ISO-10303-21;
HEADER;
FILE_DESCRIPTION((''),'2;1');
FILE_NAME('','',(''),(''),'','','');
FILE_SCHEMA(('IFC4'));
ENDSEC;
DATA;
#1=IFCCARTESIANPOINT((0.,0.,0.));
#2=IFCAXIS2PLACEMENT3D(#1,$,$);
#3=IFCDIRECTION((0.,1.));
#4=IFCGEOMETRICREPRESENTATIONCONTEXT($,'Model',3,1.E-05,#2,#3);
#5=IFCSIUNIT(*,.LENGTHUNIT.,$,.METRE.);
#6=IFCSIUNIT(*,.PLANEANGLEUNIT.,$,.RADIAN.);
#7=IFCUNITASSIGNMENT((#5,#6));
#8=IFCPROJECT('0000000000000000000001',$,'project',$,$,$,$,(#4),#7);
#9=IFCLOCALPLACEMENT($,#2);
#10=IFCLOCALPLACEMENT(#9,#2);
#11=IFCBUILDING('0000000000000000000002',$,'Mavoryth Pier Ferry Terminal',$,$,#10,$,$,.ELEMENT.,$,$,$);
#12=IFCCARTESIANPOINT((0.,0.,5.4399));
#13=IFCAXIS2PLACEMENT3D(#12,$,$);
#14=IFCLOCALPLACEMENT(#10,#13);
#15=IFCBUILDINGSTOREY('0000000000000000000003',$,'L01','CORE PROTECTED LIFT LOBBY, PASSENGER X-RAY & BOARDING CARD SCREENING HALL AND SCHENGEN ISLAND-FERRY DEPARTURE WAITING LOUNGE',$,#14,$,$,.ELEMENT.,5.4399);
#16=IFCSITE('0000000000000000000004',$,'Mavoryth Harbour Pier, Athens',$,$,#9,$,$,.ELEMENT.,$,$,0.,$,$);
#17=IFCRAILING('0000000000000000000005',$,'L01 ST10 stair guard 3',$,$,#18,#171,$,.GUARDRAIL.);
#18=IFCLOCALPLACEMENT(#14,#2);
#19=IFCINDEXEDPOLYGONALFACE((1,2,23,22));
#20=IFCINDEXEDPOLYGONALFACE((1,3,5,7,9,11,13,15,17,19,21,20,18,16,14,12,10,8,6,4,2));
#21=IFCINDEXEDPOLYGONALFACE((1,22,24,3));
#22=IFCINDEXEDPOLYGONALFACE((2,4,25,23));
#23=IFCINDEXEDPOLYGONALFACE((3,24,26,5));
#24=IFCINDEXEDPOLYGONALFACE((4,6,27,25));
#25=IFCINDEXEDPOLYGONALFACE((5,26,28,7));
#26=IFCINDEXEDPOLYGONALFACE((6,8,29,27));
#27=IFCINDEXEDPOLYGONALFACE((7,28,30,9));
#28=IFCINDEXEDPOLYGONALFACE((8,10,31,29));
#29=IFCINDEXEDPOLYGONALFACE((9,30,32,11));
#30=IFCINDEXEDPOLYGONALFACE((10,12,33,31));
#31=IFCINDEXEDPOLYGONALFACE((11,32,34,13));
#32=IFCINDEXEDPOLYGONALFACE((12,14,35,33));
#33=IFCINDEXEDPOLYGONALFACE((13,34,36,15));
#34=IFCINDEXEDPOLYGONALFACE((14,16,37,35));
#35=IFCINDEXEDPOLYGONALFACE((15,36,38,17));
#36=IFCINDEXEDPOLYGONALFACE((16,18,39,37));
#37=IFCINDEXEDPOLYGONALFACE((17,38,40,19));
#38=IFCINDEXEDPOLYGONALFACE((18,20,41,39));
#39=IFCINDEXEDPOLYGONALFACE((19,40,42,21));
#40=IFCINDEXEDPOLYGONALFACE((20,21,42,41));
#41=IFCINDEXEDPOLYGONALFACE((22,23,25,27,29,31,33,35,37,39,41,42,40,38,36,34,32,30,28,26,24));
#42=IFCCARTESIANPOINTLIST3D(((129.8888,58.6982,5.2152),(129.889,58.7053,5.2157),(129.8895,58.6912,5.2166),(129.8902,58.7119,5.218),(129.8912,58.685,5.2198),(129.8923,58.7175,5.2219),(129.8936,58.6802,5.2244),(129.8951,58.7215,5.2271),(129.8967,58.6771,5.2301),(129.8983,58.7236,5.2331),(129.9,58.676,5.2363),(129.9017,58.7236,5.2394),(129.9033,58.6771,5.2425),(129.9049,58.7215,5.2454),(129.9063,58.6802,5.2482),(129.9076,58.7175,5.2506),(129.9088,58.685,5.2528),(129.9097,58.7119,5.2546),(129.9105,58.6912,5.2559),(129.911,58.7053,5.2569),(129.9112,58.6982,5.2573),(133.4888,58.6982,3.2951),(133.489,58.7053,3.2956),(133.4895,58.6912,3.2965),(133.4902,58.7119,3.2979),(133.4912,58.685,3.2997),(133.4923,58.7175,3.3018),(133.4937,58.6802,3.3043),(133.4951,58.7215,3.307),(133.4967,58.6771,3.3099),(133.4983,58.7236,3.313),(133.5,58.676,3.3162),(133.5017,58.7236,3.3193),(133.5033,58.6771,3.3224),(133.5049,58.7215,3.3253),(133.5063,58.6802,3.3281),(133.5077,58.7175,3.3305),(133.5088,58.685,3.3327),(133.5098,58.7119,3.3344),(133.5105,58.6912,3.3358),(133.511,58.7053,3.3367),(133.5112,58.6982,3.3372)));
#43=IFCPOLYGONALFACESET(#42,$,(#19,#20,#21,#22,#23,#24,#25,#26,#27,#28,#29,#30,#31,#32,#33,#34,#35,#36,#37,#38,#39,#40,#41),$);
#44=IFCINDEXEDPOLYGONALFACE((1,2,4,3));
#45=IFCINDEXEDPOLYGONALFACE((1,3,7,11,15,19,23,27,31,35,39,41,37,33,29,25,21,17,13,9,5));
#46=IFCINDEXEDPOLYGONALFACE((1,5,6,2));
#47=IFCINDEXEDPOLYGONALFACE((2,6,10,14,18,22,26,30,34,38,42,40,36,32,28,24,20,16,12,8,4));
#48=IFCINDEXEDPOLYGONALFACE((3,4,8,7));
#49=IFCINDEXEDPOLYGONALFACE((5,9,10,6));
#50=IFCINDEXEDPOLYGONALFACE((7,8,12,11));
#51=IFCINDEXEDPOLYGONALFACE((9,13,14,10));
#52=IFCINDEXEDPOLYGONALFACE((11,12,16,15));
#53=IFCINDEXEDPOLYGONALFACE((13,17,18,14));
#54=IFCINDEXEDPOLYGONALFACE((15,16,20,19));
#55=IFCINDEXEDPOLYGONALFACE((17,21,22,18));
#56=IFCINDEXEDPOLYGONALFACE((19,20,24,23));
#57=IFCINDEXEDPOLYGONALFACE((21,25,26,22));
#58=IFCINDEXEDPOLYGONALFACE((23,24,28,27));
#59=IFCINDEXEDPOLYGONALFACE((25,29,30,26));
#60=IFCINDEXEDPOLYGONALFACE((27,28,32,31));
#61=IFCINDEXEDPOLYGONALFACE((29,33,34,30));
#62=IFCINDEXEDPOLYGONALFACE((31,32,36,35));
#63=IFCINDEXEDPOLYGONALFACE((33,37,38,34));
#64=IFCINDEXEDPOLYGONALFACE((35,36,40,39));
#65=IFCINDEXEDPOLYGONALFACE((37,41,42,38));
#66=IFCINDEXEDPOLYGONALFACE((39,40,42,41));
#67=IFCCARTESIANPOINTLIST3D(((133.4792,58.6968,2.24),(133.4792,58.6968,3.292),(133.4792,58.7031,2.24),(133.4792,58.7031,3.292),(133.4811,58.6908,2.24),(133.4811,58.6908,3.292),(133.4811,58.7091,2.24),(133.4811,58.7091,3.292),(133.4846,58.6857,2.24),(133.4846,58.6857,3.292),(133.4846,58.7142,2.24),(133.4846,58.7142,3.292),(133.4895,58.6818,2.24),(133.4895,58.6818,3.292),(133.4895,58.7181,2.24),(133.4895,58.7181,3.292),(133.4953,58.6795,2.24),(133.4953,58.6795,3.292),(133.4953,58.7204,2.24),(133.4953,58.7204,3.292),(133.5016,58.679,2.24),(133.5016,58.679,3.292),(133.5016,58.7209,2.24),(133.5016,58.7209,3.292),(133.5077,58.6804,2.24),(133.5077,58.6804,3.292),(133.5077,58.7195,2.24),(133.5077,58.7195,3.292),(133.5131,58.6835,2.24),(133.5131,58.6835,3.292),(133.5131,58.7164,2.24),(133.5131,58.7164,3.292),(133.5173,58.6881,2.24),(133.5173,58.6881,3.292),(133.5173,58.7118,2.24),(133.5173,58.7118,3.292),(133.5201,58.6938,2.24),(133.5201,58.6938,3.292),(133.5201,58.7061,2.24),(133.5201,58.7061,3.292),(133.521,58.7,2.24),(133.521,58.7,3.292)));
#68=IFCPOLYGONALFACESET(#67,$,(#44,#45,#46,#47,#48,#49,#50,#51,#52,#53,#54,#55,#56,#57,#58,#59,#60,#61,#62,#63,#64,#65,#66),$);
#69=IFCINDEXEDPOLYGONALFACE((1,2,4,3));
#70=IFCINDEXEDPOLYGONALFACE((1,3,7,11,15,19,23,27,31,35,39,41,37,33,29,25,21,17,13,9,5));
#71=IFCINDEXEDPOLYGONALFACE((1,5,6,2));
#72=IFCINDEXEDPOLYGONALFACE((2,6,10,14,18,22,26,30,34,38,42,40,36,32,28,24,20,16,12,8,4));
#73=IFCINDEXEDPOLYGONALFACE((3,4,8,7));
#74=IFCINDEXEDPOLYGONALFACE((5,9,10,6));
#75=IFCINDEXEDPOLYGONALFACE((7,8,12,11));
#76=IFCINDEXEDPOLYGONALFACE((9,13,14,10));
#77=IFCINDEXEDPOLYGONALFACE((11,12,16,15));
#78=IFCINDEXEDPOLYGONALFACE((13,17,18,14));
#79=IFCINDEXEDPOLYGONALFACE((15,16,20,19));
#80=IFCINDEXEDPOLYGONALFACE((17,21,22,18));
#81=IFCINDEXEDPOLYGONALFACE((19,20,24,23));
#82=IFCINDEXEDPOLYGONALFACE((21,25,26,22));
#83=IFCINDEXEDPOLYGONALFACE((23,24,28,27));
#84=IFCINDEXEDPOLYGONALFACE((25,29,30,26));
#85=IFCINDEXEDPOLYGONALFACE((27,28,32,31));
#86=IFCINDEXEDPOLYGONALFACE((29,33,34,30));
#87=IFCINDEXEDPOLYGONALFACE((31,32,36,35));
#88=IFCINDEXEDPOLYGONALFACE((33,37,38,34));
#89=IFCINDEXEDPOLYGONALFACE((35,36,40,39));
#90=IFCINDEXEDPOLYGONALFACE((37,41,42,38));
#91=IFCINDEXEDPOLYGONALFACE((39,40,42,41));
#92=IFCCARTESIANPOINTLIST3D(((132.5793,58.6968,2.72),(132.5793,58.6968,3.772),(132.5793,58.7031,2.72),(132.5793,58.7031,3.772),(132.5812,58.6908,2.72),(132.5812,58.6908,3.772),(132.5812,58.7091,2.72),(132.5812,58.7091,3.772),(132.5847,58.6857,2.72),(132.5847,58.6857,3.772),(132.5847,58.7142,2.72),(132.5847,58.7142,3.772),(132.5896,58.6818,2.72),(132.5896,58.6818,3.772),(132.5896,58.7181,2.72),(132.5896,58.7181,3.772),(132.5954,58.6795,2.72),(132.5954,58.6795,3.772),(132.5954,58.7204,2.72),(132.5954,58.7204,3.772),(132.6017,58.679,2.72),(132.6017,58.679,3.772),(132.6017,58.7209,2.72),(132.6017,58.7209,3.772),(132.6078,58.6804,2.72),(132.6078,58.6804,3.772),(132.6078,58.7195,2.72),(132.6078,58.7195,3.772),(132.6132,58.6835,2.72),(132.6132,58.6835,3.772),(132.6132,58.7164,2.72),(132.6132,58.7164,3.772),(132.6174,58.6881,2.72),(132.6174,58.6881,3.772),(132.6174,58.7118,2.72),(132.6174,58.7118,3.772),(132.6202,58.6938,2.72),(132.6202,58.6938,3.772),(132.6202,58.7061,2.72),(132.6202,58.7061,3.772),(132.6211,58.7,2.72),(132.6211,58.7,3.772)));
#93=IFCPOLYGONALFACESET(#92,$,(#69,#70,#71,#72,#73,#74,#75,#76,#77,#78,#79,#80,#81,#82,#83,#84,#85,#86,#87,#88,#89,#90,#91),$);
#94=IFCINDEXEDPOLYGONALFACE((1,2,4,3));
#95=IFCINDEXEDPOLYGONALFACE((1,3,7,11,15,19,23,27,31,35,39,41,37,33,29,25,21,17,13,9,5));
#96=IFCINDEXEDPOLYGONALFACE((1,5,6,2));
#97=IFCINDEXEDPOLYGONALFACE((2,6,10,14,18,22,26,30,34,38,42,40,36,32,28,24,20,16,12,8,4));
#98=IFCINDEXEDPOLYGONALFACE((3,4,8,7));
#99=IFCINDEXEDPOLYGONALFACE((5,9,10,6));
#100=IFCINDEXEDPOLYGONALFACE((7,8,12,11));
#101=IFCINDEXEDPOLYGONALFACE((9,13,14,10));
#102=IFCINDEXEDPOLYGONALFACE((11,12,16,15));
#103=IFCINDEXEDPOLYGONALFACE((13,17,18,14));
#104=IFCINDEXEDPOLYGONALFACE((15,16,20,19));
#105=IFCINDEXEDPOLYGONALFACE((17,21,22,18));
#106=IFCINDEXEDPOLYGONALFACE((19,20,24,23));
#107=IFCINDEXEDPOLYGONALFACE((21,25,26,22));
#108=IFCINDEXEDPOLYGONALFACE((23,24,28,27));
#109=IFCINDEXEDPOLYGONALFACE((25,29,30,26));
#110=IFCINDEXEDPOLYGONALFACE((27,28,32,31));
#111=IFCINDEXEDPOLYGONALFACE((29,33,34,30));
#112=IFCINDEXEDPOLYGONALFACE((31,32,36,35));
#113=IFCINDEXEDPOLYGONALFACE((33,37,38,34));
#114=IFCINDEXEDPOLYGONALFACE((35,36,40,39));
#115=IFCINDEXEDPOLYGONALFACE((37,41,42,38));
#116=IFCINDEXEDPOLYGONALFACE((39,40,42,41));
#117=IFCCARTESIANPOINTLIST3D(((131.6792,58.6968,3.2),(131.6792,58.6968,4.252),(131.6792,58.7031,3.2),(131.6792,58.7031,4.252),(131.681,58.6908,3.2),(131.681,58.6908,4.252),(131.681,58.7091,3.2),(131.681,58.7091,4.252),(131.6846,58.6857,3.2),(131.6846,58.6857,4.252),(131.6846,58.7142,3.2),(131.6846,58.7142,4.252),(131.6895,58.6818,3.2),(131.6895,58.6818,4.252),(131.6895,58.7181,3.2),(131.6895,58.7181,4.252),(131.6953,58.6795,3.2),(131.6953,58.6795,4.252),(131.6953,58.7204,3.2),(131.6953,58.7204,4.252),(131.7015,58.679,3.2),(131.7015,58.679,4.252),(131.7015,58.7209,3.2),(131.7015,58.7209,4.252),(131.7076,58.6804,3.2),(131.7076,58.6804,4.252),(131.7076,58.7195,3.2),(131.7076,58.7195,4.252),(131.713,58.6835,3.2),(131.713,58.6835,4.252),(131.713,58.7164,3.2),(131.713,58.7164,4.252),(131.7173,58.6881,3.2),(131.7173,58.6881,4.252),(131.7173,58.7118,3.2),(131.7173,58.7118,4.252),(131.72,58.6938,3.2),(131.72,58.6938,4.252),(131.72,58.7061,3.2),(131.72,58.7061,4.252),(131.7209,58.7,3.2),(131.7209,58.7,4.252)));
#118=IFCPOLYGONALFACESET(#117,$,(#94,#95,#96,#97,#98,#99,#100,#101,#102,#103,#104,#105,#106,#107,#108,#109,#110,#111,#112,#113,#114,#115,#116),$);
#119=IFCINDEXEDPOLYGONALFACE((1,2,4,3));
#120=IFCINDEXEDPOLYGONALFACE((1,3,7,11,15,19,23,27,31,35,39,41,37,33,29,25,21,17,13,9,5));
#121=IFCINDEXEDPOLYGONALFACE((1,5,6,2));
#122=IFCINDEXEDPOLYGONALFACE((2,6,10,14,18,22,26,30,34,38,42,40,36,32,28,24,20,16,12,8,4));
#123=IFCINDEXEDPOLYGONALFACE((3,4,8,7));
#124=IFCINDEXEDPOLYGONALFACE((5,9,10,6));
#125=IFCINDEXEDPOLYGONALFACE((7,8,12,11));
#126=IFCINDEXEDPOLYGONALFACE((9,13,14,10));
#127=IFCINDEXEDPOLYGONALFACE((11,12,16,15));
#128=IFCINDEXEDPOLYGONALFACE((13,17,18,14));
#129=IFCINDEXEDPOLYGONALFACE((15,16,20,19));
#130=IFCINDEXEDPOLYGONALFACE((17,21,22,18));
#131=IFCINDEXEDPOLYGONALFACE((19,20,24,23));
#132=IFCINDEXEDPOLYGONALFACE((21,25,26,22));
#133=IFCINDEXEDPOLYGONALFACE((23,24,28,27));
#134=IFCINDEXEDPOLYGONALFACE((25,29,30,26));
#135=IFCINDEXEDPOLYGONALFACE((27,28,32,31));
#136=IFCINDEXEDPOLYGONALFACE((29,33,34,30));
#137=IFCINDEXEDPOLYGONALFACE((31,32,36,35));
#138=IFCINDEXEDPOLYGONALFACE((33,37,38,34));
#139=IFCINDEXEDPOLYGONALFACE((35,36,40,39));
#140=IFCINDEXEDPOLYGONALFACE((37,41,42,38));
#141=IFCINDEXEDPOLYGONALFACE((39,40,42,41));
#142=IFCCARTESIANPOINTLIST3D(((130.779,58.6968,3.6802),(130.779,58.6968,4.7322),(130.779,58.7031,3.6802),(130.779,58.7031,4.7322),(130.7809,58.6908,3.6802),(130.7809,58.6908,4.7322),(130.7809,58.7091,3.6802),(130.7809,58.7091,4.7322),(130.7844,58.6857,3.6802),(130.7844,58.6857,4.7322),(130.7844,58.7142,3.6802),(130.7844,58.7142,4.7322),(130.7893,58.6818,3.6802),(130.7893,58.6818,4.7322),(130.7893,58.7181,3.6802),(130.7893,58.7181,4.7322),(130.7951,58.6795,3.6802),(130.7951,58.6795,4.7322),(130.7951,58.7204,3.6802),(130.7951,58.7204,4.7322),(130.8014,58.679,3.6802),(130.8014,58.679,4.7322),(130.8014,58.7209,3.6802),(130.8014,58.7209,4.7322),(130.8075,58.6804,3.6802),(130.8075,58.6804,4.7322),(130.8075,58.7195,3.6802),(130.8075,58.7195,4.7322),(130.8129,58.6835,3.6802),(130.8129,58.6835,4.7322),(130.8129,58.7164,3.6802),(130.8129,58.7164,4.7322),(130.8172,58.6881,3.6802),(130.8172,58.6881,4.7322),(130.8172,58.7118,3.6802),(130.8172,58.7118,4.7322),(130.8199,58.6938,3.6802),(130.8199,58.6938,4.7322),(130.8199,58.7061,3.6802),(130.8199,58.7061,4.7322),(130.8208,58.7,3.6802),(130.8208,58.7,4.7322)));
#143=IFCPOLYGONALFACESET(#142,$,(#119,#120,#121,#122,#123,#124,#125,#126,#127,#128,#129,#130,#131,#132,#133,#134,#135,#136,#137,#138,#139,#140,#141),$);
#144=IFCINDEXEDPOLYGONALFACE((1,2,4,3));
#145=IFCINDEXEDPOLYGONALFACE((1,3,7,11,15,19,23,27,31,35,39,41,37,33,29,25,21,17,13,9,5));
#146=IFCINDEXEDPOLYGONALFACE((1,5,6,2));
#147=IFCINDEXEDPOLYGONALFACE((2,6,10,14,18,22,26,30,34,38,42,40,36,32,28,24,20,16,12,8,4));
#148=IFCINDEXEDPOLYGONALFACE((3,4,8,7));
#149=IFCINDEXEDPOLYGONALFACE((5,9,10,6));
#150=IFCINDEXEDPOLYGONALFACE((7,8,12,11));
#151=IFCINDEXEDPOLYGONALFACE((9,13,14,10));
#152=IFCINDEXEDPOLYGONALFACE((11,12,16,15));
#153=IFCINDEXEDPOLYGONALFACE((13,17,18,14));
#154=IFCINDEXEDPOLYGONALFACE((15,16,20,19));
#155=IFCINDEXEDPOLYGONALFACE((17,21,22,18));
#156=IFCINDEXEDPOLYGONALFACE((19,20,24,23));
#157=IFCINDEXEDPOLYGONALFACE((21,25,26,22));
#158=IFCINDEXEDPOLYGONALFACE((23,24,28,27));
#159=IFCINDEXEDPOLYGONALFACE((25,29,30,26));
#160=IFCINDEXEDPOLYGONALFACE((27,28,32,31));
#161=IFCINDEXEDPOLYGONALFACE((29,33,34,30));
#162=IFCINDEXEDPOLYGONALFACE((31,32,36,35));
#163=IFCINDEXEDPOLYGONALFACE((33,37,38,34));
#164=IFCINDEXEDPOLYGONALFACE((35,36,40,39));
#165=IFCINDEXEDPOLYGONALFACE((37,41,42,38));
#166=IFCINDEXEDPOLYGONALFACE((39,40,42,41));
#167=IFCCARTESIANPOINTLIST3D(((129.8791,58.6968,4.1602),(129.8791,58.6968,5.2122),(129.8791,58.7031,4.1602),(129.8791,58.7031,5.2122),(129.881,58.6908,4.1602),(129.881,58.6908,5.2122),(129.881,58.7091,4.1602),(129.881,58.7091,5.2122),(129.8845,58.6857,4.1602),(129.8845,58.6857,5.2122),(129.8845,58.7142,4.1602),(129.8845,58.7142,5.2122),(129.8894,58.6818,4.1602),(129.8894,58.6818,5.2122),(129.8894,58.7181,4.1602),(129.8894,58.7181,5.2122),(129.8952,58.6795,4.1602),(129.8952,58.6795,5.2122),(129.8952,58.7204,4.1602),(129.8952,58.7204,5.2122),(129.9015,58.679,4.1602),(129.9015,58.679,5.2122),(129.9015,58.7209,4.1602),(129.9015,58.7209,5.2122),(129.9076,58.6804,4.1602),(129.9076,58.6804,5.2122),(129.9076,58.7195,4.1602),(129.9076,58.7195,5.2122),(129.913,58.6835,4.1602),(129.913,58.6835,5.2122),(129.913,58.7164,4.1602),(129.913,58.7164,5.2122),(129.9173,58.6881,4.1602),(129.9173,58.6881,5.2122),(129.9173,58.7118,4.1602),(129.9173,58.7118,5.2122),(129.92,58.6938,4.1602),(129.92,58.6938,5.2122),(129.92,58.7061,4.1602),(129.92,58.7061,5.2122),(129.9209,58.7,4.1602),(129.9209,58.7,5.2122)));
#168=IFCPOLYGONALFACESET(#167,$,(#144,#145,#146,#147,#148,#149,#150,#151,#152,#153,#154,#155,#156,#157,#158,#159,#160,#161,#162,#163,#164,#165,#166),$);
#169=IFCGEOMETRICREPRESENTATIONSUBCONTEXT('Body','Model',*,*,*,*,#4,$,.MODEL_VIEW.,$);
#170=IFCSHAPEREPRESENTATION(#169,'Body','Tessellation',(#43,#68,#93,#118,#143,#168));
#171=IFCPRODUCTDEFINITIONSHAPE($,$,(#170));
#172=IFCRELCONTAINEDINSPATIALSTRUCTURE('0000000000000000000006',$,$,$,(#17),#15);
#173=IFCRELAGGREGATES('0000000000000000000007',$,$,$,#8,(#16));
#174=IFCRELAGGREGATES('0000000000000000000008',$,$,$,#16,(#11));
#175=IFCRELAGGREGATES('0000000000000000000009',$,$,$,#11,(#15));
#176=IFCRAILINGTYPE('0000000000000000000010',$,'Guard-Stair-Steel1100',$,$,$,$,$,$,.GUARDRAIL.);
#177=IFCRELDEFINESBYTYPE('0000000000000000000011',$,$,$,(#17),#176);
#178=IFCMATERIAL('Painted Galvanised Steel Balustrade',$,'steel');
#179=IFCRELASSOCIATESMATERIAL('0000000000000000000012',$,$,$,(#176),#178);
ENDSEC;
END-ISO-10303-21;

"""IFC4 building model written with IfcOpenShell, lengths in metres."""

from ifc_helpers import new_model, si_unit, direction, frame, origin, origin_2d, place, context, subcontext, project, spatial, circle, extrude, material, type_object, element, save


model = new_model("IFC4")

# Units and contexts
model_context = context("Model", 3, precision=1e-05, world=origin(), true_north=direction((0.0, 1.0)))
body_context = subcontext(model_context, "Body", "Model", "MODEL_VIEW")
ifc_project = project(units=[si_unit("LENGTHUNIT", "METRE"), si_unit("PLANEANGLEUNIT", "RADIAN")], contexts=[model_context])

# Site, building, storey
site_placement = place(None, origin())
site = spatial("IfcSite", under=ifc_project, at=site_placement, Name="Mavoryth Harbour Pier, Athens", CompositionType="ELEMENT", RefElevation=0.0)
building_placement = place(site_placement, origin())
building = spatial("IfcBuilding", under=site, at=building_placement, Name="Mavoryth Pier Ferry Terminal", CompositionType="ELEMENT")
storey_placement = place(building_placement, frame((0.0, 0.0, 5.4399)))
storey = spatial("IfcBuildingStorey", under=building, at=storey_placement, Name="L01", Description="CORE PROTECTED LIFT LOBBY, PASSENGER X-RAY & BOARDING CARD SCREENING HALL AND SCHENGEN ISLAND-FERRY DEPARTURE WAITING LOUNGE", CompositionType="ELEMENT", Elevation=5.4399)

# Railing
ifc_material_1 = material(Name="Painted Galvanised Steel Balustrade", Category="steel")
railing_type_1 = type_object("IfcRailingType", Name="Guard-Stair-Steel1100", PredefinedType="GUARDRAIL", material=ifc_material_1)
railing_1_placement = place(storey_placement, frame((133.5, 58.7, 2.24)))
element("IfcRailing", 1, at=railing_1_placement, inside=storey, type_object=railing_type_1, Name="L01 ST10 stair guard 3", PredefinedType="GUARDRAIL", context=body_context, shape_type="SweptSolid", body=[
    extrude(circle(Radius=0.0239, at=origin_2d()), frame((0.0, 0.0, 1.0762), z_axis=(-0.882341, 0.0, 0.47061), x_axis=(0.0, -1.0, 0.0)), (0.0, 0.0, 1.0), 4.0801),
    extrude(circle(Radius=0.021, at=origin_2d()), origin(), (0.0, 0.0, 1.0), 1.052),
    extrude(circle(Radius=0.021, at=origin_2d()), frame((-0.8999, 0.0, 0.48)), (0.0, 0.0, 1.0), 1.052),
    extrude(circle(Radius=0.021, at=origin_2d()), frame((-1.8, 0.0, 0.96)), (0.0, 0.0, 1.0), 1.052),
    extrude(circle(Radius=0.021, at=origin_2d()), frame((-2.7002, 0.0, 1.4402)), (0.0, 0.0, 1.0), 1.052),
    extrude(circle(Radius=0.021, at=origin_2d()), frame((-3.6001, 0.0, 1.9202)), (0.0, 0.0, 1.0), 1.052),
])

save(model, "model.ifc")
